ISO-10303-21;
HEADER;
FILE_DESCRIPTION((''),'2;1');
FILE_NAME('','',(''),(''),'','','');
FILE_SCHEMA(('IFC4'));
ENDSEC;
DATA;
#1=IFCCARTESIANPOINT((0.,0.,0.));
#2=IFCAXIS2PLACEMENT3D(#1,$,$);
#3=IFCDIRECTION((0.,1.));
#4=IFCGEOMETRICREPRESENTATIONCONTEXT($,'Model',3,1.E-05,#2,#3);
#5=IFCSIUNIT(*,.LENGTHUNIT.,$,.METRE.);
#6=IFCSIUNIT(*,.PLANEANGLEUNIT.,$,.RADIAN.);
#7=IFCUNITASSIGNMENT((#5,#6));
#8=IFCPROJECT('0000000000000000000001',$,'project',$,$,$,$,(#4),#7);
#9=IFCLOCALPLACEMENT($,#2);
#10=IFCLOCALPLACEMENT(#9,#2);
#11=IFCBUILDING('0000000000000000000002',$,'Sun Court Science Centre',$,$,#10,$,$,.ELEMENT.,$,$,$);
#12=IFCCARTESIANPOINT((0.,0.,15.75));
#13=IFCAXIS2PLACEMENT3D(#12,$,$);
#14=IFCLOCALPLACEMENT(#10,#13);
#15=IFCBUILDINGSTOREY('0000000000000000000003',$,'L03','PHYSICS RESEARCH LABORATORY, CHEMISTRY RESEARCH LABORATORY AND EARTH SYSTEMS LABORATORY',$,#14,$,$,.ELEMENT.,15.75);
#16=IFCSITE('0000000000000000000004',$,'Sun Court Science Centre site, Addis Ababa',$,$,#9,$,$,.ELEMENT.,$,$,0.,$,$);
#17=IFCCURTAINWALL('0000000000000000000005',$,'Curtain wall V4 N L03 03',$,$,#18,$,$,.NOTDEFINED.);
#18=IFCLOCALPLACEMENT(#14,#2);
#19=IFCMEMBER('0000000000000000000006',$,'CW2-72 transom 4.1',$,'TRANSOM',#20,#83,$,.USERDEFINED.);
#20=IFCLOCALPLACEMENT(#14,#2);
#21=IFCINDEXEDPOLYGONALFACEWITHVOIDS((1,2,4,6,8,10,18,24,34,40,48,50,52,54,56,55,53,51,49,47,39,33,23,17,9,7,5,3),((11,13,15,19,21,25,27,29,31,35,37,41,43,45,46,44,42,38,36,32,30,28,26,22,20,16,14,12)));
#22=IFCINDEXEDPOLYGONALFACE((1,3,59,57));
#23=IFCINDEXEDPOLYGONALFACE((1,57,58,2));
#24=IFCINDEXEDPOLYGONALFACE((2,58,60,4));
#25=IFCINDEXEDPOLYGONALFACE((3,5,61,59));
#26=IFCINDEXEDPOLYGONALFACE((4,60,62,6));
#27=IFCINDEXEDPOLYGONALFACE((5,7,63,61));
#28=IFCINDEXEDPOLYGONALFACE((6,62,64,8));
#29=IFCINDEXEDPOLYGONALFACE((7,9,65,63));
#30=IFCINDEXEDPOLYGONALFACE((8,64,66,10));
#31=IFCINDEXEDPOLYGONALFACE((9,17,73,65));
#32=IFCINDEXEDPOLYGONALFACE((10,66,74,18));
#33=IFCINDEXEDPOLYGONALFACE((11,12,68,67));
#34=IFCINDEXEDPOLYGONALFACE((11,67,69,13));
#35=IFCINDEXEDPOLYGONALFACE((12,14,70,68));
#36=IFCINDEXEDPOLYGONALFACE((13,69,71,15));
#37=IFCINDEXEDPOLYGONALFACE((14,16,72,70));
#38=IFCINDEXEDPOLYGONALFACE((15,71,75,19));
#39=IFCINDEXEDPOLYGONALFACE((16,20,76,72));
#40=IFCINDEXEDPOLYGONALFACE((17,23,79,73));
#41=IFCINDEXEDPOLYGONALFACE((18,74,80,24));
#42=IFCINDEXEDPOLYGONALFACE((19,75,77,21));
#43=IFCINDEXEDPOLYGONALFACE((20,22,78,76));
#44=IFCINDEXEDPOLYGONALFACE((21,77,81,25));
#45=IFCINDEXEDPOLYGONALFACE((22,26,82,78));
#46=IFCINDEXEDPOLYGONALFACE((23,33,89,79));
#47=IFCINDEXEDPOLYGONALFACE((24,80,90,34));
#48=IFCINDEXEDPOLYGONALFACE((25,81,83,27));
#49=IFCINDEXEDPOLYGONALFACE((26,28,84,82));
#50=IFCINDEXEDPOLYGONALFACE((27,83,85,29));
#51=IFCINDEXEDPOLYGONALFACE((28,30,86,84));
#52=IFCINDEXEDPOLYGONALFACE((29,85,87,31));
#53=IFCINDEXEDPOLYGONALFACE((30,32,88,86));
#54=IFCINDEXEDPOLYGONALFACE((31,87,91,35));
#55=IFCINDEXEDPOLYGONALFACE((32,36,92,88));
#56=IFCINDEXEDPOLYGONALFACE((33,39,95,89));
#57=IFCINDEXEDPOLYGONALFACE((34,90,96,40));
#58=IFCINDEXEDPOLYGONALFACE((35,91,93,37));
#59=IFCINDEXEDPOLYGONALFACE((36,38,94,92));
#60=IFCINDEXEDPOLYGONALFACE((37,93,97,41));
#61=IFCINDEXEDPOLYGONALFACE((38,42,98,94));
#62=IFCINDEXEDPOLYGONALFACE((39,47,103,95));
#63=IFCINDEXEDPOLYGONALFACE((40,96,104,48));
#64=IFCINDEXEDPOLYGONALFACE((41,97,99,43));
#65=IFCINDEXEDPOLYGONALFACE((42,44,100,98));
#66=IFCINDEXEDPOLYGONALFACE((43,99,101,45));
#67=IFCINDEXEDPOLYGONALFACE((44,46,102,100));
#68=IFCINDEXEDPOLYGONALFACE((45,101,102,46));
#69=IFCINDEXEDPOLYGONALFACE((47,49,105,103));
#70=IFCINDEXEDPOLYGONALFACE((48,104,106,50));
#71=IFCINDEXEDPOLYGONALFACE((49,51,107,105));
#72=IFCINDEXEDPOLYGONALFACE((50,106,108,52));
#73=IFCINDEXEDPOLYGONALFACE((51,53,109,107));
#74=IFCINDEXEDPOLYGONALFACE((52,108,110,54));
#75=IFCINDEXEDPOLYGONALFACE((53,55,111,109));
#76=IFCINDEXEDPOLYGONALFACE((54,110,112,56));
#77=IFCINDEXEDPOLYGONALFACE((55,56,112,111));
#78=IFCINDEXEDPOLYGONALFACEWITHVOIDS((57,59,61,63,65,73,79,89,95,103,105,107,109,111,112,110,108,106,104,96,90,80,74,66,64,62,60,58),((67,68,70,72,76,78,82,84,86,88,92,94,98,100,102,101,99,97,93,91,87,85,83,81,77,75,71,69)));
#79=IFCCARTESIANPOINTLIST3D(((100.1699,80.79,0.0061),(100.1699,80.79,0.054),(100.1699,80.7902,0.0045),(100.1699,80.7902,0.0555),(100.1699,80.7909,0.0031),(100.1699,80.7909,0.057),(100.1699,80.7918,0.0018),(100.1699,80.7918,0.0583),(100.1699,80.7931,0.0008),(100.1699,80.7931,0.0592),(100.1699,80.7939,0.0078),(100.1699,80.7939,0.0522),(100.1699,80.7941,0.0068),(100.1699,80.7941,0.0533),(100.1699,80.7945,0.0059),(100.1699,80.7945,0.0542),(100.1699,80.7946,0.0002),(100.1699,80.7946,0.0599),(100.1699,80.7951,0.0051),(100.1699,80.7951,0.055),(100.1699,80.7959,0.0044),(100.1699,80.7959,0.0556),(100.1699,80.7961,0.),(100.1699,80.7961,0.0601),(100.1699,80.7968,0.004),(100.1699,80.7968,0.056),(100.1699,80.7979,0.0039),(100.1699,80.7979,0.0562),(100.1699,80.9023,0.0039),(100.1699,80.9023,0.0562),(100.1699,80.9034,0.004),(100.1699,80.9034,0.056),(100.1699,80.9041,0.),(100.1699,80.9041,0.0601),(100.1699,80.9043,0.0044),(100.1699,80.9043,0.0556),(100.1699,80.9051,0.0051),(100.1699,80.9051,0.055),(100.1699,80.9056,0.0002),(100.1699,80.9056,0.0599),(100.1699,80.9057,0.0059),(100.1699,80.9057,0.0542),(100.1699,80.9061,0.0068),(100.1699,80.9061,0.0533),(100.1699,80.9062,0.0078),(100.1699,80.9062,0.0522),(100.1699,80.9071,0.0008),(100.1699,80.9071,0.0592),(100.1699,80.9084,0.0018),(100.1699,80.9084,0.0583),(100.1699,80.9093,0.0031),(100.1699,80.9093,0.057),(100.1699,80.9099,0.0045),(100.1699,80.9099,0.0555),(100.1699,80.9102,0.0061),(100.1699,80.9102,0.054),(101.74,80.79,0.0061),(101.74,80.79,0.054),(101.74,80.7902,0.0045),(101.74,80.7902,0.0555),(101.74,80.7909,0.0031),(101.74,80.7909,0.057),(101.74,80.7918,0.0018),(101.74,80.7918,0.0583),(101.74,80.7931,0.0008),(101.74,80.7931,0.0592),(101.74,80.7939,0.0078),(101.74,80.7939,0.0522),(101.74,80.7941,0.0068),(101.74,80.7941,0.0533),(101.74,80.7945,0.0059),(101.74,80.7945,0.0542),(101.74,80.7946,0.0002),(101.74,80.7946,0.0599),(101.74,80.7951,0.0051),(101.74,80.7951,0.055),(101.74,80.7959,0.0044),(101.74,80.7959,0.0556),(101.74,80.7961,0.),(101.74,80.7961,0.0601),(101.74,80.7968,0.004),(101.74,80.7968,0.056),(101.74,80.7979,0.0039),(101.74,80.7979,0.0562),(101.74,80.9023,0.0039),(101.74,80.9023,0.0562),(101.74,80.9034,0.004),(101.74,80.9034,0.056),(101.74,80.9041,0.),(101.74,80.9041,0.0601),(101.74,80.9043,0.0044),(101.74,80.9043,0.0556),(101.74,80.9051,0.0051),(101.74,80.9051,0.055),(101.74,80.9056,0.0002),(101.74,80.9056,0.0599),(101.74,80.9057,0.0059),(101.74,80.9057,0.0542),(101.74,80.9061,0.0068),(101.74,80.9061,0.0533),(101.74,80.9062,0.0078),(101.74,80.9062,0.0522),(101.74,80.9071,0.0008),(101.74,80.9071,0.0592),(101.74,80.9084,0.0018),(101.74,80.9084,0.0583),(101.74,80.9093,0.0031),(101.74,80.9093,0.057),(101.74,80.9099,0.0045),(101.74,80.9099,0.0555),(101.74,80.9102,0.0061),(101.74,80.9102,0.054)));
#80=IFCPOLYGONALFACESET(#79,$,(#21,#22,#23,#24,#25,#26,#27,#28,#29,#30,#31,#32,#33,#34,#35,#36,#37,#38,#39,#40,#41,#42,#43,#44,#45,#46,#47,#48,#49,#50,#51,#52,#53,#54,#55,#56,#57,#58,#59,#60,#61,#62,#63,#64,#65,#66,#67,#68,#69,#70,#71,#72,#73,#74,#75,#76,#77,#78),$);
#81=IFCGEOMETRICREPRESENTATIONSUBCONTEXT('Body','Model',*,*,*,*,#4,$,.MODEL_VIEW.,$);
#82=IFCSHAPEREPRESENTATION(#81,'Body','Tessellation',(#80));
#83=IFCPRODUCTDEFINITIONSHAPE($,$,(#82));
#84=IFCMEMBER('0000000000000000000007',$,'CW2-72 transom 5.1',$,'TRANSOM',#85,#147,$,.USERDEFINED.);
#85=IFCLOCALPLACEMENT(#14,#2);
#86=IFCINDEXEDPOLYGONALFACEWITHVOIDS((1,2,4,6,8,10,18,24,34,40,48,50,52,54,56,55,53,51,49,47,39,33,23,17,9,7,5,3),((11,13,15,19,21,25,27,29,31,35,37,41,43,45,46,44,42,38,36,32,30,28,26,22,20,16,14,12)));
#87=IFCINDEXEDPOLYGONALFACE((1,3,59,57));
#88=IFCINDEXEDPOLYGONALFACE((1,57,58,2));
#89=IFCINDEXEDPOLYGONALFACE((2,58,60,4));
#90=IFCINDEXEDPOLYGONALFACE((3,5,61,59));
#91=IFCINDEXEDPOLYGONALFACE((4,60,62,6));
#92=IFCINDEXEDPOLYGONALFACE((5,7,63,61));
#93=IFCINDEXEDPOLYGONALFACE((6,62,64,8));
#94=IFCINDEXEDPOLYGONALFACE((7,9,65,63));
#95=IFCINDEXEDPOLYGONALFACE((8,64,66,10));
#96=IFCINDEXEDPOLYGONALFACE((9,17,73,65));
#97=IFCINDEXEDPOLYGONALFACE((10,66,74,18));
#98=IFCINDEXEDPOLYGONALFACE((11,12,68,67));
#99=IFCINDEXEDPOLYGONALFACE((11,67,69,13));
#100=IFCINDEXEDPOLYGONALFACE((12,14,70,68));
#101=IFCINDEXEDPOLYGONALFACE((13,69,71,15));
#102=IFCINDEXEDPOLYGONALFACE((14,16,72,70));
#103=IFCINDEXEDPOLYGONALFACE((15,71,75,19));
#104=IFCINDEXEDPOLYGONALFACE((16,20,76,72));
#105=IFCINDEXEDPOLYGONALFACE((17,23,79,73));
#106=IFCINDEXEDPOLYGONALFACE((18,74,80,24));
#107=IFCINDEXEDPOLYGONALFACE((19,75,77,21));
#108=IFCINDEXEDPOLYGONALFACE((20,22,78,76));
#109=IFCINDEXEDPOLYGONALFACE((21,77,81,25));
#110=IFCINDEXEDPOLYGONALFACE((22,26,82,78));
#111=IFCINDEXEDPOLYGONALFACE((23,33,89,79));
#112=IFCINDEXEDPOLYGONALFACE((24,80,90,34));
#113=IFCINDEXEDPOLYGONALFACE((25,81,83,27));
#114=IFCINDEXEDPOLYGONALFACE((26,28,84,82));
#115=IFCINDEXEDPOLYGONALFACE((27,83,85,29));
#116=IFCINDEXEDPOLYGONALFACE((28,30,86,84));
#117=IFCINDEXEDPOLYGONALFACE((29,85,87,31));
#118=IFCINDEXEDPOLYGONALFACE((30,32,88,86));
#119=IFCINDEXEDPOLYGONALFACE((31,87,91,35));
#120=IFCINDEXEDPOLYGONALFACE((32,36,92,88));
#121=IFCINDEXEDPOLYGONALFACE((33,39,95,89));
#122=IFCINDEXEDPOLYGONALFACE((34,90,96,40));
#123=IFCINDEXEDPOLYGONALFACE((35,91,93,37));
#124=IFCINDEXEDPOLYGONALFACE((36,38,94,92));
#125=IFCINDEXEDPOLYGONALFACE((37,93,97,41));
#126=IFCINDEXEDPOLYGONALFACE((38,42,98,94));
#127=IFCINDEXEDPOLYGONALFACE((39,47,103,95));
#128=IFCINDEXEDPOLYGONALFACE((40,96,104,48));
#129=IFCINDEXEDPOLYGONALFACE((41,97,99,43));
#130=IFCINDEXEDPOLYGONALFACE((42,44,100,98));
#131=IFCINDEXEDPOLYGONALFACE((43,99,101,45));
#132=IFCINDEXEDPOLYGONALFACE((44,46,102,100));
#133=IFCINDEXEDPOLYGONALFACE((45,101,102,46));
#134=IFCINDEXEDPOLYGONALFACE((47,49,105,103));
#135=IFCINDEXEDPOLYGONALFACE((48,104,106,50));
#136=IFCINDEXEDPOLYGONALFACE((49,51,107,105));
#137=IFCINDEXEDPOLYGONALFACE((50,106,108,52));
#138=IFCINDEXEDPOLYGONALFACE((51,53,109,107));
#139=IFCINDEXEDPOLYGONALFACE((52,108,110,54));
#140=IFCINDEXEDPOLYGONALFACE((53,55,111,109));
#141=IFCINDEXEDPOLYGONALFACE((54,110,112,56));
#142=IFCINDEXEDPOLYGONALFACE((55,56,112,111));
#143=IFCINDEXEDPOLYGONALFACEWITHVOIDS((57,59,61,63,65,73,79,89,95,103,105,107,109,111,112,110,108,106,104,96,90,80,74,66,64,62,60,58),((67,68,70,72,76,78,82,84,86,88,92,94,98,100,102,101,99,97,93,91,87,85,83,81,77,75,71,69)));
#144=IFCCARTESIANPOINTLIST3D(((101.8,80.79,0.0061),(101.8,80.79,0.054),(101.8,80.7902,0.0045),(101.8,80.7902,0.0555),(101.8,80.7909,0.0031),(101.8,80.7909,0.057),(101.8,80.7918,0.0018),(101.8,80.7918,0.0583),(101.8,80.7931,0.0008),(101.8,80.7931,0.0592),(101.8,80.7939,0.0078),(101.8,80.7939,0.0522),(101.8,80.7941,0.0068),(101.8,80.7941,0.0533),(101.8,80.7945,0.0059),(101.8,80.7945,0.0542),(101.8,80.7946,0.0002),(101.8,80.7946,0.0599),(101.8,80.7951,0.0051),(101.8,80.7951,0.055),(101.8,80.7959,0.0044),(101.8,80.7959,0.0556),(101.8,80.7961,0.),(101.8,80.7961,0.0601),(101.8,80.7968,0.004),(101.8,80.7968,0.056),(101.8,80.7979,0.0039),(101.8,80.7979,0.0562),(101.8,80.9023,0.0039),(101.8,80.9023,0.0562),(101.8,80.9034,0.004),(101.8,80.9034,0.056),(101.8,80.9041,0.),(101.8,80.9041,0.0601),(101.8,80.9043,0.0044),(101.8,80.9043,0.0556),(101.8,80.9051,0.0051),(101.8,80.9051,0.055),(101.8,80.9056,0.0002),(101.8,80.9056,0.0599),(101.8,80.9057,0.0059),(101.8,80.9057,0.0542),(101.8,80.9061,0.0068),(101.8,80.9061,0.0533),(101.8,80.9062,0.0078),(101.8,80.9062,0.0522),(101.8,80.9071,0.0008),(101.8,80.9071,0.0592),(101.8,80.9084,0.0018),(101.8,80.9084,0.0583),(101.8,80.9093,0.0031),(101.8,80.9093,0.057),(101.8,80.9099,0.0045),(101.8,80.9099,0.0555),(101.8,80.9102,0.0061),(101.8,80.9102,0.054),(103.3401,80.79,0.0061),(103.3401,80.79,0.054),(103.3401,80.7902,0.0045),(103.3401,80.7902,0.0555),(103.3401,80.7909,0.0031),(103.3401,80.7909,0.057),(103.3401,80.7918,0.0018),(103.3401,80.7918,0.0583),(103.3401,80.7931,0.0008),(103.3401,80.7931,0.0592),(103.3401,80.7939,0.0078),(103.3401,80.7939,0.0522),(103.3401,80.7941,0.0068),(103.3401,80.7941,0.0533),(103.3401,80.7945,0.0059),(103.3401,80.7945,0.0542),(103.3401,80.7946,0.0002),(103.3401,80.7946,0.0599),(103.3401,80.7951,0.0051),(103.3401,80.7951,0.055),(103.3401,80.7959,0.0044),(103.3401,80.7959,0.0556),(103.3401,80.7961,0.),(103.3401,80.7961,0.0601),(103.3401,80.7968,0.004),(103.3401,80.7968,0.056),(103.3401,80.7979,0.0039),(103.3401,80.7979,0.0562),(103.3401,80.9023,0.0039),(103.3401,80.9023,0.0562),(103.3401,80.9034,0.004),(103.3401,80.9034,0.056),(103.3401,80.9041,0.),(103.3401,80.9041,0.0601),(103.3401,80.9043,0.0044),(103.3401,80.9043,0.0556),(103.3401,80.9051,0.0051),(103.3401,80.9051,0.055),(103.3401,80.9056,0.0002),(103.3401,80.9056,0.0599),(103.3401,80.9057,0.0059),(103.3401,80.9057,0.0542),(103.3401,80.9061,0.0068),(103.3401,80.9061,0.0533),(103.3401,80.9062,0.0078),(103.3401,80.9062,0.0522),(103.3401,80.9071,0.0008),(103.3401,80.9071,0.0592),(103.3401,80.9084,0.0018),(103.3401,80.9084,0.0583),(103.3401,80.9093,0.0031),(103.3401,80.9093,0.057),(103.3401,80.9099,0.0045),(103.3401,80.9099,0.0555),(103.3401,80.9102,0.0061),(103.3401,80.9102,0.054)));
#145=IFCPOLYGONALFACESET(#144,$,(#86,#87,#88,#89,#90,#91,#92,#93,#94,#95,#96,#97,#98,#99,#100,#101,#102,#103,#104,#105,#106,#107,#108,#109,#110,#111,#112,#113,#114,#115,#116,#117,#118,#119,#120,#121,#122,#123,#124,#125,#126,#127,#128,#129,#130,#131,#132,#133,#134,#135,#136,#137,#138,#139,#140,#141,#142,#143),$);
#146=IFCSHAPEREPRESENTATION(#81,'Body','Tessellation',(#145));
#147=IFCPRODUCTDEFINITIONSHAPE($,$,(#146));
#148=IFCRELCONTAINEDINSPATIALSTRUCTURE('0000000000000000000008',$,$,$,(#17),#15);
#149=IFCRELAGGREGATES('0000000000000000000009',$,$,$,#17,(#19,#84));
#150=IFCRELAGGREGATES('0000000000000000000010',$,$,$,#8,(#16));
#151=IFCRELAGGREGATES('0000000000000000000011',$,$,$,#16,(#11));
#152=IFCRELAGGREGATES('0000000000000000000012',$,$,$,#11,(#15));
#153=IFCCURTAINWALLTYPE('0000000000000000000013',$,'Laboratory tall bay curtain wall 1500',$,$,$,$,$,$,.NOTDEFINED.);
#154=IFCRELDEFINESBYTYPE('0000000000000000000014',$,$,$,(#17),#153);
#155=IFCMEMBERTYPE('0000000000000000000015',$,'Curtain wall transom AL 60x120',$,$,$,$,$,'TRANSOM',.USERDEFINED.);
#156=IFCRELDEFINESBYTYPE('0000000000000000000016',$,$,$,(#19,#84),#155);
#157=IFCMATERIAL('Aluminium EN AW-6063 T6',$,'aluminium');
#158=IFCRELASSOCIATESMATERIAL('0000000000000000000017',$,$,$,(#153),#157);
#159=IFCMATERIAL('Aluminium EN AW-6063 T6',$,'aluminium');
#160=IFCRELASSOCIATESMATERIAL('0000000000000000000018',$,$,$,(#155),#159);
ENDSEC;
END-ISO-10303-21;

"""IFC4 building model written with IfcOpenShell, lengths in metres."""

from ifc_helpers import new_model, si_unit, direction, frame, origin, origin_2d, place, context, subcontext, project, spatial, hollow_rectangle, extrude, material, material_profile, profile_set, type_object, element, aggregate, save


model = new_model("IFC4")

# Units and contexts
model_context = context("Model", 3, precision=1e-05, world=origin(), true_north=direction((0.0, 1.0)))
body_context = subcontext(model_context, "Body", "Model", "MODEL_VIEW")
ifc_project = project(units=[si_unit("LENGTHUNIT", "METRE"), si_unit("PLANEANGLEUNIT", "RADIAN")], contexts=[model_context])

# Site, building, storey
site_placement = place(None, origin())
site = spatial("IfcSite", under=ifc_project, at=site_placement, Name="Sun Court Science Centre site, Addis Ababa", CompositionType="ELEMENT", RefElevation=0.0)
building_placement = place(site_placement, origin())
building = spatial("IfcBuilding", under=site, at=building_placement, Name="Sun Court Science Centre", CompositionType="ELEMENT")
storey_placement = place(building_placement, frame((0.0, 0.0, 15.75)))
storey = spatial("IfcBuildingStorey", under=building, at=storey_placement, Name="L03", Description="PHYSICS RESEARCH LABORATORY, CHEMISTRY RESEARCH LABORATORY AND EARTH SYSTEMS LABORATORY", CompositionType="ELEMENT", Elevation=15.75)

# Shared definitions
ifc_material_1 = material(Name="Aluminium EN AW-6063 T6", Category="aluminium")
curtain_wall_type = type_object("IfcCurtainWallType", Name="Laboratory tall bay curtain wall 1500", PredefinedType="NOTDEFINED", material=ifc_material_1)

# Curtain wall
curtain_wall_1_placement = place(storey_placement, origin())
curtain_wall_1 = element("IfcCurtainWall", 1, at=curtain_wall_1_placement, inside=storey, type_object=curtain_wall_type, Name="Curtain wall V4 N L03 03", PredefinedType="NOTDEFINED")

# Members
ifc_material_2 = material(Name="Aluminium EN AW-6063 T6", Category="aluminium")
ifc_material_profile_1 = material_profile(ifc_material_2, hollow_rectangle(XDim=0.0601, YDim=0.1201, WallThickness=0.0039, InnerFilletRadius=0.0039, OuterFilletRadius=0.0061, at=origin_2d()), Name="AL 60x120x4")
ifc_profile_set_1 = profile_set([ifc_material_profile_1], Name="Aluminium EN AW-6063 T6")
member_type_1 = type_object("IfcMemberType", Name="Curtain wall transom AL 60x120", ElementType="TRANSOM", PredefinedType="USERDEFINED", material=ifc_profile_set_1)
member_1_placement = place(storey_placement, frame((100.1699, 80.8501, 0.03), z_axis=(1.0, 0.0, 0.0), x_axis=(0.0, 0.0, 1.0)))
member_1 = element("IfcMember", 2, at=member_1_placement, type_object=member_type_1, Name="CW2-72 transom 4.1", ObjectType="TRANSOM", PredefinedType="USERDEFINED", context=body_context, shape_type="SweptSolid", body=[
    extrude(hollow_rectangle(XDim=0.0601, YDim=0.1201, WallThickness=0.0039, InnerFilletRadius=0.0039, OuterFilletRadius=0.0061, at=origin_2d()), origin(), (0.0, 0.0, 1.0), 1.5701),
])
member_2_placement = place(storey_placement, frame((101.8, 80.8501, 0.03), z_axis=(1.0, 0.0, 0.0), x_axis=(0.0, 0.0, 1.0)))
member_2 = element("IfcMember", 3, at=member_2_placement, type_object=member_type_1, Name="CW2-72 transom 5.1", ObjectType="TRANSOM", PredefinedType="USERDEFINED", context=body_context, shape_type="SweptSolid", body=[
    extrude(hollow_rectangle(XDim=0.0601, YDim=0.1201, WallThickness=0.0039, InnerFilletRadius=0.0039, OuterFilletRadius=0.0061, at=origin_2d()), origin(), (0.0, 0.0, 1.0), 1.54),
])

aggregate(curtain_wall_1, [member_1, member_2])

save(model, "model.ifc")
